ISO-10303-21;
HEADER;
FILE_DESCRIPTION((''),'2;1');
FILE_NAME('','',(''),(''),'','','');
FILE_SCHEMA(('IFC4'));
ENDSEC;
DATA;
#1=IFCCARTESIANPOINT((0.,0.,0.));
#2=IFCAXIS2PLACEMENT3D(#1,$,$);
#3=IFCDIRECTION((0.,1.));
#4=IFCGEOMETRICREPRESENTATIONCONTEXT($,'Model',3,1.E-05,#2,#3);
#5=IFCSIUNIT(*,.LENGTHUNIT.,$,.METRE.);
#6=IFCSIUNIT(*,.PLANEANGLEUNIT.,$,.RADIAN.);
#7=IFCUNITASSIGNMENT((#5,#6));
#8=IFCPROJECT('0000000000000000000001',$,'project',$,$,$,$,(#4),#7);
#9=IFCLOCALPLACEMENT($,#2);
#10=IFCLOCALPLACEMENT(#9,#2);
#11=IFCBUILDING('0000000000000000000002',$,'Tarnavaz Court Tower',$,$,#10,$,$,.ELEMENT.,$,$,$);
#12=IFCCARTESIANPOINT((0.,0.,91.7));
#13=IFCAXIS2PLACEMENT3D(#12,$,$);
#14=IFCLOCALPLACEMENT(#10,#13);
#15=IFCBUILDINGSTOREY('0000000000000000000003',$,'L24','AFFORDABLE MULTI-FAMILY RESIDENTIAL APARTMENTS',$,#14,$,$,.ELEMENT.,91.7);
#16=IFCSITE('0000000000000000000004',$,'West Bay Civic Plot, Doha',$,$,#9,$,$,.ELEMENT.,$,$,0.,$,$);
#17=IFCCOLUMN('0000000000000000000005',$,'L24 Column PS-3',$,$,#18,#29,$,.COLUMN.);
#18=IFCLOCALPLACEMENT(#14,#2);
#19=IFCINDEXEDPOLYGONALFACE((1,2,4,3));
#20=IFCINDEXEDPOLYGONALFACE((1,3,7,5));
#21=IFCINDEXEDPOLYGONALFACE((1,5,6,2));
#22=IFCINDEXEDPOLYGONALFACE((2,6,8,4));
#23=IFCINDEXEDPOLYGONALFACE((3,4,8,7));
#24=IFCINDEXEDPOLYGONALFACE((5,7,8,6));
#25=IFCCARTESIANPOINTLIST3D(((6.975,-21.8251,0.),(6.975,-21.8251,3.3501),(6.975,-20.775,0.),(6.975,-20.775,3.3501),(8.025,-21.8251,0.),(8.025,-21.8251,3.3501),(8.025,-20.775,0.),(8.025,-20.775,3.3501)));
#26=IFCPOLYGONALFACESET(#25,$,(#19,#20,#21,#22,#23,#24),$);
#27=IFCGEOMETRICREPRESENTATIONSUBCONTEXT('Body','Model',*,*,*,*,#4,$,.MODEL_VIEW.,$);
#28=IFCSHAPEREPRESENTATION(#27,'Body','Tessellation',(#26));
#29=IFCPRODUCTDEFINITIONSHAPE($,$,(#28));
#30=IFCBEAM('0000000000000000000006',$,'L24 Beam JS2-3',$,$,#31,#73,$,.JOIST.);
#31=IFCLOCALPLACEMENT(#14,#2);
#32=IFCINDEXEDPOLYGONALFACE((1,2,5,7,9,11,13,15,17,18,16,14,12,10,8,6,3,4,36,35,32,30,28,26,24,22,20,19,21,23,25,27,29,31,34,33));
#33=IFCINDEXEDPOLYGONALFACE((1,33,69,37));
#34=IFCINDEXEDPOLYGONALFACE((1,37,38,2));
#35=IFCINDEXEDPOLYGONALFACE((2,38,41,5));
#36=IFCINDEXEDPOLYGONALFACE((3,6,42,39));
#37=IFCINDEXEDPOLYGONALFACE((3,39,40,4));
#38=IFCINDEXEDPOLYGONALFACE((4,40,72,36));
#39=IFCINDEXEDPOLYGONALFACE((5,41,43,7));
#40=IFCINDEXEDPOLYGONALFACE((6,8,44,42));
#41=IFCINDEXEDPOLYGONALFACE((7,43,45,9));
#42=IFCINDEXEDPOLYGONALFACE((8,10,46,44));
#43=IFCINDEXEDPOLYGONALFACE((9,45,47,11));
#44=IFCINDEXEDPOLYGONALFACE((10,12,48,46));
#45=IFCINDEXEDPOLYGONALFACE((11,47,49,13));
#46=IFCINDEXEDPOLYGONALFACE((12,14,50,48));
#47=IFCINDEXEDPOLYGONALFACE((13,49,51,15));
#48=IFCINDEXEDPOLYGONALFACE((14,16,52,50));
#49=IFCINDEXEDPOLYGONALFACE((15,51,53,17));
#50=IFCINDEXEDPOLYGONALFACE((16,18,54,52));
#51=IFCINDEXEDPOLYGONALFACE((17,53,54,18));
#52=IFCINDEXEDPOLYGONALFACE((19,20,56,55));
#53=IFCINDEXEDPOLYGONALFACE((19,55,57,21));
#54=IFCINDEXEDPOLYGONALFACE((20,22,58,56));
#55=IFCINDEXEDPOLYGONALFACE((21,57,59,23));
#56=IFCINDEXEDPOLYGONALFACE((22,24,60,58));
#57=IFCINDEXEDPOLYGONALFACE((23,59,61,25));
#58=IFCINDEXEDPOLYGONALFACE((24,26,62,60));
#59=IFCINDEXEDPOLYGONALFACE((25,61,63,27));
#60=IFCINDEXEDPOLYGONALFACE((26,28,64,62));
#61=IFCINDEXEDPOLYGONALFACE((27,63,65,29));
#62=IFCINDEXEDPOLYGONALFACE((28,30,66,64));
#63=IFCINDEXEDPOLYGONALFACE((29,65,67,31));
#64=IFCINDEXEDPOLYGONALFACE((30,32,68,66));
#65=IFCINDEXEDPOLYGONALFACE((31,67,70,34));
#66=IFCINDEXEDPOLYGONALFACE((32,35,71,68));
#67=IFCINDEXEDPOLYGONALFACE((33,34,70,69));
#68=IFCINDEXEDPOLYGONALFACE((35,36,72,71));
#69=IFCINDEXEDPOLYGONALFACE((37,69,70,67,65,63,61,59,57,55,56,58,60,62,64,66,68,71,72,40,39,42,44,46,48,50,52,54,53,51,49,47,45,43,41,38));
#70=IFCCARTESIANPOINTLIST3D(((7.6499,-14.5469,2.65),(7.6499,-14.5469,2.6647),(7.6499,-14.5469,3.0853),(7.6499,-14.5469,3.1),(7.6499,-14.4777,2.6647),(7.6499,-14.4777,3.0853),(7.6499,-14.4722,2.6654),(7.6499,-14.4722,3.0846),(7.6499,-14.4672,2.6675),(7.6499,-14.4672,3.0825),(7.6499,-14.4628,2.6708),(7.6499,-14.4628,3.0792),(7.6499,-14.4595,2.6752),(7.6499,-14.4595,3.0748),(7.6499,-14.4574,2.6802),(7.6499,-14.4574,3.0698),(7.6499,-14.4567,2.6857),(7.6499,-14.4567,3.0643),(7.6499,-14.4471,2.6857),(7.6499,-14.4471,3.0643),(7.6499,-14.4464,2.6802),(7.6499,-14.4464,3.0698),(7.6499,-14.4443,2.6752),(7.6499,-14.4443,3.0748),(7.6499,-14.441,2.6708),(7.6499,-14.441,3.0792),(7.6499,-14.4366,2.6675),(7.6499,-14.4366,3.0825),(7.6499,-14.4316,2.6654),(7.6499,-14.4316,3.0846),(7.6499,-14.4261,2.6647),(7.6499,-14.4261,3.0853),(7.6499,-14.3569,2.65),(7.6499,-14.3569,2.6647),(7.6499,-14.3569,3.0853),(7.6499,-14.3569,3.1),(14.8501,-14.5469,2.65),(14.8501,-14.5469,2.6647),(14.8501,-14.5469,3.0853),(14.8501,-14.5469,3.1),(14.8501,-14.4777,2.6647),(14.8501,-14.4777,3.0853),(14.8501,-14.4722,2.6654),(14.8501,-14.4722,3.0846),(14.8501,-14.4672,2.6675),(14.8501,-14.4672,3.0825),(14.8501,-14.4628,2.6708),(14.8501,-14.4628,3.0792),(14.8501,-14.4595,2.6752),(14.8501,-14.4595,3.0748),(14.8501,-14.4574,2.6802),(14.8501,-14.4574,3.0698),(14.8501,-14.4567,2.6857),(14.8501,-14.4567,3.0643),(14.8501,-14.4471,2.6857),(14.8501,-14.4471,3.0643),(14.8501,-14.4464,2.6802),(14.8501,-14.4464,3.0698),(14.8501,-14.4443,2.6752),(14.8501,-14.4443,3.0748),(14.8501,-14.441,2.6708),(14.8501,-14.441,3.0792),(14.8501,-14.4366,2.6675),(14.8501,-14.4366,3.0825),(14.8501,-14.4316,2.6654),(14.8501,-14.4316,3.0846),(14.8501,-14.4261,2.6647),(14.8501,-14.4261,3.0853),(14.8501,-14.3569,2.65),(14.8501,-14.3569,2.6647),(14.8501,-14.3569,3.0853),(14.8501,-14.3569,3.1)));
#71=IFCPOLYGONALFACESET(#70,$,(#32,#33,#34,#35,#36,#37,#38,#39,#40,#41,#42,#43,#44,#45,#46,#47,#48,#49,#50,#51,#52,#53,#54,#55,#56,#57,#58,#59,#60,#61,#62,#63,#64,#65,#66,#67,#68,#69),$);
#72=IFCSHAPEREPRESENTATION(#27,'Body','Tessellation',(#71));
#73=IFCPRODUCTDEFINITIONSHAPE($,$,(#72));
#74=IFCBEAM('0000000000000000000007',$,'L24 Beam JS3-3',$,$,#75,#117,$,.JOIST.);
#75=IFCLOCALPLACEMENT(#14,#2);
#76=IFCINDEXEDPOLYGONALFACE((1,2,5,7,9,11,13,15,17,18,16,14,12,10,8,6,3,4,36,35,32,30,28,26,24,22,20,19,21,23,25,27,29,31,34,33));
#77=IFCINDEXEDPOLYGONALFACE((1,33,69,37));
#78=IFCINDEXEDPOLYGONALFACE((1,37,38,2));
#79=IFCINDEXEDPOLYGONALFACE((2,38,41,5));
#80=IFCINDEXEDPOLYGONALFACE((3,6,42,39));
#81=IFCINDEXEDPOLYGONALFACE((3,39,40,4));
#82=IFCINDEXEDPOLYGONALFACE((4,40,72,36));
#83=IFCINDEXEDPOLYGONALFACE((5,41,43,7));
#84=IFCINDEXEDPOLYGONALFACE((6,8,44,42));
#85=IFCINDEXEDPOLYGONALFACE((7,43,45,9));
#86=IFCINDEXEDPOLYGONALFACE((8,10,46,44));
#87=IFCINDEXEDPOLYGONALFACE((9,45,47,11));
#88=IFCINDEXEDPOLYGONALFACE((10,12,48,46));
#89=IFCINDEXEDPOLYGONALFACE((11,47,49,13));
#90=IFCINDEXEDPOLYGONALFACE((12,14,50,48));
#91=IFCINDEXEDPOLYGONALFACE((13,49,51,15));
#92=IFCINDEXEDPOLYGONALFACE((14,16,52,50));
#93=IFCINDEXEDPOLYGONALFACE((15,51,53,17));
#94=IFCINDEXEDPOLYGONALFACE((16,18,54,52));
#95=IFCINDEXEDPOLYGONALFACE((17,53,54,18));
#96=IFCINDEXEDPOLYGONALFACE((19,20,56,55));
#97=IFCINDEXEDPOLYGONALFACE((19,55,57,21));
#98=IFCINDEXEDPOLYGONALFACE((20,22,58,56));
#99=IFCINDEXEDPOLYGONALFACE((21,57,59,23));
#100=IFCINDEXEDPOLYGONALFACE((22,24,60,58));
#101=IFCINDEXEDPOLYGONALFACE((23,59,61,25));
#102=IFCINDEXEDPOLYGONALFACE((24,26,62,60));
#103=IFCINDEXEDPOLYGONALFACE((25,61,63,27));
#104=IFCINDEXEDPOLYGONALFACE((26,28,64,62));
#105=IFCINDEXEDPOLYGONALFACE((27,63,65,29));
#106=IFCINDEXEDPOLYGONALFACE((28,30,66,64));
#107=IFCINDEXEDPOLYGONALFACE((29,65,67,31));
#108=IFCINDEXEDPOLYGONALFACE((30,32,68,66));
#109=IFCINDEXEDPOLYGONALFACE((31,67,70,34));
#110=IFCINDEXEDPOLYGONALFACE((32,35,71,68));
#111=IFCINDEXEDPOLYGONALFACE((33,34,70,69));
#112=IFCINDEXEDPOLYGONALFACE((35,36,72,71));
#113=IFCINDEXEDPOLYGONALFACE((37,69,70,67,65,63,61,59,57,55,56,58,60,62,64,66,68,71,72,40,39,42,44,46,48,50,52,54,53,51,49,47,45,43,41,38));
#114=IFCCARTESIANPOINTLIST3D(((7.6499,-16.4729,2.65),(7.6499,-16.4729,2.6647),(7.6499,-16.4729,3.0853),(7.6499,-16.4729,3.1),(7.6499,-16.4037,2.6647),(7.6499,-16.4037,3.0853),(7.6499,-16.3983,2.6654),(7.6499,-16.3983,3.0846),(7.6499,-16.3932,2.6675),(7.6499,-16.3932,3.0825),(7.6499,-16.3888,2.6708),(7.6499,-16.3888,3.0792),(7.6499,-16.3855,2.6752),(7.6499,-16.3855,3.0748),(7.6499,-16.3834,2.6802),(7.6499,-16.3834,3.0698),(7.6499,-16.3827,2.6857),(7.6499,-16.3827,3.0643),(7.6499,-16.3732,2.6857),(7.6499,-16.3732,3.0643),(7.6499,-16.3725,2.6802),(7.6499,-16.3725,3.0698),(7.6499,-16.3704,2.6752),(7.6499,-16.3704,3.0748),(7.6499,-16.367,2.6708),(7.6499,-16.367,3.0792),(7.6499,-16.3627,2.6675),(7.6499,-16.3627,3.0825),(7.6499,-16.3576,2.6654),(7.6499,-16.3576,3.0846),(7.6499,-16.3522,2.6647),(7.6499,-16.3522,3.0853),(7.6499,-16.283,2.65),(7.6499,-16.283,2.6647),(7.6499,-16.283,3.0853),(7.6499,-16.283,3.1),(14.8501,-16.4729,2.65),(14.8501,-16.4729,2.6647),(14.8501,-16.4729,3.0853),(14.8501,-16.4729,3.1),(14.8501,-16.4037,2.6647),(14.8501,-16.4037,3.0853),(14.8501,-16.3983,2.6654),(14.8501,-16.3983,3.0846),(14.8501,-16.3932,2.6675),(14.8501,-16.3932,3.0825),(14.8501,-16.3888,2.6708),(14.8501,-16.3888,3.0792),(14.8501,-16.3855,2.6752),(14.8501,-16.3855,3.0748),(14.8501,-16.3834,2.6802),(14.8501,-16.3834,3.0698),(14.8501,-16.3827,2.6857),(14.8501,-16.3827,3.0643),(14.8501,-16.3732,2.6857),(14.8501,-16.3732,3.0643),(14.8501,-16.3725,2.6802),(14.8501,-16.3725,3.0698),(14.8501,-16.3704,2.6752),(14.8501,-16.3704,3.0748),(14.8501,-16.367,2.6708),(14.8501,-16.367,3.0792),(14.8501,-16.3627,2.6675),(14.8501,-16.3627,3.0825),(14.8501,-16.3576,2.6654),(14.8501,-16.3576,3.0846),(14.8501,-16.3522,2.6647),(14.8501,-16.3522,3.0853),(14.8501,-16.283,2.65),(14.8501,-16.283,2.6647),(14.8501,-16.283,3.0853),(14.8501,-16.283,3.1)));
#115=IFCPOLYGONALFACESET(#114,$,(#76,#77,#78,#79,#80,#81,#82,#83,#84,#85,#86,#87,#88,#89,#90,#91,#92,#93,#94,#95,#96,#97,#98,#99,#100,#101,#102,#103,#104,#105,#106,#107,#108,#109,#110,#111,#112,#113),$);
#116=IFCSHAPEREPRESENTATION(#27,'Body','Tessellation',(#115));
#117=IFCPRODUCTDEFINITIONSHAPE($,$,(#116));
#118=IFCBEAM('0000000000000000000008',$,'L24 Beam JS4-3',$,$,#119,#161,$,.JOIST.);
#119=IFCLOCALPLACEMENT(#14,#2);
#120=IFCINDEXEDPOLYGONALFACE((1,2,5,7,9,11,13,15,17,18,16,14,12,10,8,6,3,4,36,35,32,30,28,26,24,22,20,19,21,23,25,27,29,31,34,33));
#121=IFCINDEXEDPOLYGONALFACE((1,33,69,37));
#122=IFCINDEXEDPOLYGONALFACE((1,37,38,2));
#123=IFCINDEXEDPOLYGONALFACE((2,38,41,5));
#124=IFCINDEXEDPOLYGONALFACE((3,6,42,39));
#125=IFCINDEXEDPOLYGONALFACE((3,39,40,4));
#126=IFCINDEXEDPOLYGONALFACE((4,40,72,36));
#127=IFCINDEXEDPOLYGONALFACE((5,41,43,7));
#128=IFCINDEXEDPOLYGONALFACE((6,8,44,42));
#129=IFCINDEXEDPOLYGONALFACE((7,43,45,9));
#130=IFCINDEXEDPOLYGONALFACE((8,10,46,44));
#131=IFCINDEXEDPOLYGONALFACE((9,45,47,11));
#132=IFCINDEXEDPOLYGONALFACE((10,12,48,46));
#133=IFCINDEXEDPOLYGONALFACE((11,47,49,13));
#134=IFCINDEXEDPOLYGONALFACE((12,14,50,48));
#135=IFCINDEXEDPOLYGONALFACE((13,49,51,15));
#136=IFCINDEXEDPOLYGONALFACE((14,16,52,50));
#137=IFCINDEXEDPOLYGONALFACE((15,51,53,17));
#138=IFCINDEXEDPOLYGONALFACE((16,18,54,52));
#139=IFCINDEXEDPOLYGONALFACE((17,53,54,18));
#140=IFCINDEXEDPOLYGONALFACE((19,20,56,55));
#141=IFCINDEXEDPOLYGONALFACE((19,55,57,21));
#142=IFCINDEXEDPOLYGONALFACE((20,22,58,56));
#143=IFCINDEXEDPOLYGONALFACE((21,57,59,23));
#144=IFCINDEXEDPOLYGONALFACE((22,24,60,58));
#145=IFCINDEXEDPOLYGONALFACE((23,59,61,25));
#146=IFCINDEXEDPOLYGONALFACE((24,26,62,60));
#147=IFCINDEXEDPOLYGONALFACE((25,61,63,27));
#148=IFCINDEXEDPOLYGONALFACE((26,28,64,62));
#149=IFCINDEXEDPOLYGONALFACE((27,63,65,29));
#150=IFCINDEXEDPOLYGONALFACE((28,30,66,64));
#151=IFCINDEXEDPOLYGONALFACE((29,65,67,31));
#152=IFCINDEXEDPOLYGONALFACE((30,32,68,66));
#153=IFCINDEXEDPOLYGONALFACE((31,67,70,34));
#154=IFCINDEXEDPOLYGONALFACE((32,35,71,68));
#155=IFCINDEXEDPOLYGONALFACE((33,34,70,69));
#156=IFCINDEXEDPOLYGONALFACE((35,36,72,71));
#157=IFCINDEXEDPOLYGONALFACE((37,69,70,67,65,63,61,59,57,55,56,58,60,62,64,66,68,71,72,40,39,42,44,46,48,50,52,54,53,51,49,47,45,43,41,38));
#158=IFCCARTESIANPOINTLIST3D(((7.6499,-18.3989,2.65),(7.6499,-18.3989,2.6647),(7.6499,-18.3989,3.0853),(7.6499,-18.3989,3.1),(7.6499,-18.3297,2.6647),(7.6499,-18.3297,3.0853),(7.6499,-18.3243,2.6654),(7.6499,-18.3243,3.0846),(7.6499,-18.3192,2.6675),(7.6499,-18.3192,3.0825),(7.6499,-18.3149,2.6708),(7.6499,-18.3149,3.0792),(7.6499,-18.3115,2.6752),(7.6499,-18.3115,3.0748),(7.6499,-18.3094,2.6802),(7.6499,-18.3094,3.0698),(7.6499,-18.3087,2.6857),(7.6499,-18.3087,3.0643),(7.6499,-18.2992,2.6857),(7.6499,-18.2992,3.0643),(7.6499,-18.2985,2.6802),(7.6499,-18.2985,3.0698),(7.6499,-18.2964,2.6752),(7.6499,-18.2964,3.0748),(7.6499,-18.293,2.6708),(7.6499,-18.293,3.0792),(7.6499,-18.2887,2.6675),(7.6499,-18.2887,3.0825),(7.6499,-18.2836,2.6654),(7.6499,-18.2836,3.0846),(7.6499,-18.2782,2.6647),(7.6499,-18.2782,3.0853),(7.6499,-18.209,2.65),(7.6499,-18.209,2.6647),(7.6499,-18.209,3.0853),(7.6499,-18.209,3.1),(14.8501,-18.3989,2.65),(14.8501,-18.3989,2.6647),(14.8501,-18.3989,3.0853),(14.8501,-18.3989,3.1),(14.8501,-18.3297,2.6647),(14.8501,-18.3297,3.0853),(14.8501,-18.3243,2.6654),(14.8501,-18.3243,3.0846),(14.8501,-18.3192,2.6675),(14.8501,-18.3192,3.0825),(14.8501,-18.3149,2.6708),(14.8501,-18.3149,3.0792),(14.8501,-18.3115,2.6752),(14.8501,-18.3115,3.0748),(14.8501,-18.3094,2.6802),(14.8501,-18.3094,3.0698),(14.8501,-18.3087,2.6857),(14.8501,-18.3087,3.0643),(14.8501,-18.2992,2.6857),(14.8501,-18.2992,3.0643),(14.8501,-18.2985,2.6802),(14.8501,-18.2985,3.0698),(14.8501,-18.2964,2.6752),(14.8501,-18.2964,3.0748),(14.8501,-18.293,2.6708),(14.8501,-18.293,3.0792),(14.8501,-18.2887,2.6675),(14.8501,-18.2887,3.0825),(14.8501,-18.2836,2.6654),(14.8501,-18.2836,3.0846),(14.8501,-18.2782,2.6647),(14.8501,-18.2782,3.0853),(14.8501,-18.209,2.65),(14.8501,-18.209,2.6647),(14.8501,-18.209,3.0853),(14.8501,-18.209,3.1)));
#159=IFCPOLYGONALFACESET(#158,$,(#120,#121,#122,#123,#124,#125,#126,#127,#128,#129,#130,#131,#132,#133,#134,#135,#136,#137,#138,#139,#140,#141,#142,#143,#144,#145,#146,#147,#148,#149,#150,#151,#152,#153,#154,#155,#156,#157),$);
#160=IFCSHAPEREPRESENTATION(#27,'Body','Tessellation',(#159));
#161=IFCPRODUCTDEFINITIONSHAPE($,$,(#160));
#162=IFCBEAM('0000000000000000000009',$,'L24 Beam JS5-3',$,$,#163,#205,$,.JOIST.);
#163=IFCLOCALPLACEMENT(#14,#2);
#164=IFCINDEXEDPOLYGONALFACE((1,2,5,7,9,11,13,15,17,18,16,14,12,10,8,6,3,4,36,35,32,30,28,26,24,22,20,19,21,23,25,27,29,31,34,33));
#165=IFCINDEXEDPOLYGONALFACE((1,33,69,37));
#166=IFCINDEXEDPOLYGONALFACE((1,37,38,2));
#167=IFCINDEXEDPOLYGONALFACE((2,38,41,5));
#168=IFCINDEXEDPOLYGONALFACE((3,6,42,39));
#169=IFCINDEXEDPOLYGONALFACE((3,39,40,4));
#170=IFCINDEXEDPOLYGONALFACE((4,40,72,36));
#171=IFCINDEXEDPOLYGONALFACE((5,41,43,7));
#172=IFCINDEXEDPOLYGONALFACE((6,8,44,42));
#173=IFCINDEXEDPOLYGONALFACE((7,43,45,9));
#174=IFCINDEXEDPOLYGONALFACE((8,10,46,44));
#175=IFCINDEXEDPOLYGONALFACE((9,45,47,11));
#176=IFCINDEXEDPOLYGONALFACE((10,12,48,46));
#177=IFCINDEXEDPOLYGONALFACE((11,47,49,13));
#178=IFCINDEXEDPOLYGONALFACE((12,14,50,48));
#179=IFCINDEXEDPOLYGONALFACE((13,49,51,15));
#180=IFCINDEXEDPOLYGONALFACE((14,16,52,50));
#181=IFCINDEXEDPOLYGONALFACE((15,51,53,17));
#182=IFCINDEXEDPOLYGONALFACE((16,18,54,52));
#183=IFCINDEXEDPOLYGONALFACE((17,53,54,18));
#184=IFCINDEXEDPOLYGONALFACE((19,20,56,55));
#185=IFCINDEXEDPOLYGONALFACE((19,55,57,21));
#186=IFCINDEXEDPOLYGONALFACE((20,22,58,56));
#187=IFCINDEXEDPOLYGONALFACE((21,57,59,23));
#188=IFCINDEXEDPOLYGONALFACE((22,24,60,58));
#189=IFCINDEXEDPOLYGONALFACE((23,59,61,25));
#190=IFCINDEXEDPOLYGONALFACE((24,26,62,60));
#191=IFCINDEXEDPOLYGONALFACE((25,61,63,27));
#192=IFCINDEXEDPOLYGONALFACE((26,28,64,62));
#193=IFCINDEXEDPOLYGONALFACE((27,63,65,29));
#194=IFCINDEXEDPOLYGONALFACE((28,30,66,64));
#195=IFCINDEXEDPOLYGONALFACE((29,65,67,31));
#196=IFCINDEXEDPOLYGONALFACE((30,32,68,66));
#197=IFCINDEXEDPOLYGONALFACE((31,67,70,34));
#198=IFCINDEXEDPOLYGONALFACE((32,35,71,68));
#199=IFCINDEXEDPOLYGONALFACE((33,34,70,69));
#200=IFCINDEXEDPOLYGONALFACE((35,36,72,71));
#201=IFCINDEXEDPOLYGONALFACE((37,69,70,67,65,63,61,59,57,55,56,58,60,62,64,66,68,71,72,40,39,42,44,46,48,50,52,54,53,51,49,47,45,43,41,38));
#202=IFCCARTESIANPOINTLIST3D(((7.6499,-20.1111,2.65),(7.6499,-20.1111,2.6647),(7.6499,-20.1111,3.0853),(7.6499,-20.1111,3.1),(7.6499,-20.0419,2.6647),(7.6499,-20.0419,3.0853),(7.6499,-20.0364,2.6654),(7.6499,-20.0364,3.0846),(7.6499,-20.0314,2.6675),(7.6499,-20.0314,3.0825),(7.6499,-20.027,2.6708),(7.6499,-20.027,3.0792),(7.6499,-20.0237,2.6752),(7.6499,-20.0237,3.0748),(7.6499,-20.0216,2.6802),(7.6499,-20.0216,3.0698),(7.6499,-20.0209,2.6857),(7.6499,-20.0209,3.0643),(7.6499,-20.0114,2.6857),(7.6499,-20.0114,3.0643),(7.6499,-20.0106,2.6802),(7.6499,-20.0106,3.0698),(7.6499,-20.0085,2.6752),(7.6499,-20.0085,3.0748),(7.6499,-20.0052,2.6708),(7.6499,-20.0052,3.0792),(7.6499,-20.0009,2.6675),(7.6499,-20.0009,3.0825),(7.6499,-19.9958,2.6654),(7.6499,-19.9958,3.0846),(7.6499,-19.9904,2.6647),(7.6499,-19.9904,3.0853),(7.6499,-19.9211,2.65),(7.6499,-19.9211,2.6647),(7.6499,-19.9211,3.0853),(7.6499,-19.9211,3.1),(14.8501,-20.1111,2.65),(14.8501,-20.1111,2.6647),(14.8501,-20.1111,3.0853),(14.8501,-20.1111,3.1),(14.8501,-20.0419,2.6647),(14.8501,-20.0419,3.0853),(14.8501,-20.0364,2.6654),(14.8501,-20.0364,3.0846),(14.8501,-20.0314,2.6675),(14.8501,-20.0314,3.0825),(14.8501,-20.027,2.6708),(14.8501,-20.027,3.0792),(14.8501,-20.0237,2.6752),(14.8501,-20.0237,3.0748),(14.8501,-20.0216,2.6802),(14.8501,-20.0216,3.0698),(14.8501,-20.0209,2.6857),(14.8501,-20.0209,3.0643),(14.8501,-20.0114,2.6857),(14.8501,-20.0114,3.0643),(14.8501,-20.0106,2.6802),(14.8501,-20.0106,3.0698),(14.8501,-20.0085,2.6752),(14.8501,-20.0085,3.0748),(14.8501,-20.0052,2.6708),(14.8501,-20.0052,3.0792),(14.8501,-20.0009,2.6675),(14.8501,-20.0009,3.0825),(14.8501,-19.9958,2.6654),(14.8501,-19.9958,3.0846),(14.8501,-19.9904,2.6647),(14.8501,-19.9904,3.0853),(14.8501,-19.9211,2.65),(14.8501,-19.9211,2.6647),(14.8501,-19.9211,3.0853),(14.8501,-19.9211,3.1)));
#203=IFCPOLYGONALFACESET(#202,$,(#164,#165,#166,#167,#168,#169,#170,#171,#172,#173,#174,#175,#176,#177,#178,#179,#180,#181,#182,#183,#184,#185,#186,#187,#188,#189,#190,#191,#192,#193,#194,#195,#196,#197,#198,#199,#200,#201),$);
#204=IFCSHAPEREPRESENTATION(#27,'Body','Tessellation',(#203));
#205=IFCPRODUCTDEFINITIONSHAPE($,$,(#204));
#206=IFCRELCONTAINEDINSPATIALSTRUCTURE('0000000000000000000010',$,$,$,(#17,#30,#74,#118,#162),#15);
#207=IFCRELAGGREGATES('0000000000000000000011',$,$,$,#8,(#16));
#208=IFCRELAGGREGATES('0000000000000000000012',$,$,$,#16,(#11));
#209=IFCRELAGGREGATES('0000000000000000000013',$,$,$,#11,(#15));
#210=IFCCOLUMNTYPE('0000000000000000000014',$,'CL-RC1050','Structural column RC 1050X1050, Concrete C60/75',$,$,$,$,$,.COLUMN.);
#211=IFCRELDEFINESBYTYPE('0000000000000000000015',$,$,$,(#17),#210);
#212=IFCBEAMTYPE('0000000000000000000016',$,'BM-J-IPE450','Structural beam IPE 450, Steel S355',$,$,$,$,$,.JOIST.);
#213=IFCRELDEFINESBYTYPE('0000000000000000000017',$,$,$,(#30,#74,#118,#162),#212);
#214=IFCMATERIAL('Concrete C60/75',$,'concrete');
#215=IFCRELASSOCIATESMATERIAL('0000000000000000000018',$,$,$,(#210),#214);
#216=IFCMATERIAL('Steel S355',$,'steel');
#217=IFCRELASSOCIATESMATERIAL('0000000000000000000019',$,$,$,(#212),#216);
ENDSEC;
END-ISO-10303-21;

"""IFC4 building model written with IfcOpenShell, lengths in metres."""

from ifc_helpers import new_model, si_unit, direction, frame, origin, origin_2d, place, context, subcontext, project, spatial, rectangle, i_section, extrude, material, material_profile, profile_set, type_object, element, save


model = new_model("IFC4")

# Units and contexts
model_context = context("Model", 3, precision=1e-05, world=origin(), true_north=direction((0.0, 1.0)))
body_context = subcontext(model_context, "Body", "Model", "MODEL_VIEW")
ifc_project = project(units=[si_unit("LENGTHUNIT", "METRE"), si_unit("PLANEANGLEUNIT", "RADIAN")], contexts=[model_context])

# Site, building, storey
site_placement = place(None, origin())
site = spatial("IfcSite", under=ifc_project, at=site_placement, Name="West Bay Civic Plot, Doha", CompositionType="ELEMENT", RefElevation=0.0)
building_placement = place(site_placement, origin())
building = spatial("IfcBuilding", under=site, at=building_placement, Name="Tarnavaz Court Tower", CompositionType="ELEMENT")
storey_placement = place(building_placement, frame((0.0, 0.0, 91.7)))
storey = spatial("IfcBuildingStorey", under=building, at=storey_placement, Name="L24", Description="AFFORDABLE MULTI-FAMILY RESIDENTIAL APARTMENTS", CompositionType="ELEMENT", Elevation=91.7)

# Column
ifc_material_1 = material(Name="Concrete C60/75", Category="concrete")
ifc_material_profile_1 = material_profile(ifc_material_1, rectangle(XDim=1.05, YDim=1.05, at=origin_2d()), Name="RC 1050X1050")
ifc_profile_set_1 = profile_set([ifc_material_profile_1], Name="Concrete C60/75")
column_type = type_object("IfcColumnType", Name="CL-RC1050", Description="Structural column RC 1050X1050, Concrete C60/75", PredefinedType="COLUMN", material=ifc_profile_set_1)
column_placement = place(storey_placement, frame((7.5, -21.3, 0.0), z_axis=(0.0, 0.0, 1.0), x_axis=(1.0, 0.0, 0.0)))
element("IfcColumn", 1, at=column_placement, inside=storey, type_object=column_type, Name="L24 Column PS-3", PredefinedType="COLUMN", context=body_context, shape_type="SweptSolid", body=[
    extrude(rectangle(XDim=1.05, YDim=1.05, at=origin_2d()), origin(), (0.0, 0.0, 1.0), 3.3501),
])

# Beams
ifc_material_2 = material(Name="Steel S355", Category="steel")
ifc_material_profile_2 = material_profile(ifc_material_2, i_section(OverallWidth=0.1899, OverallDepth=0.45, WebThickness=0.0095, FlangeThickness=0.0146, FilletRadius=0.021, at=origin_2d()), Name="IPE 450")
ifc_profile_set_2 = profile_set([ifc_material_profile_2], Name="Steel S355")
beam_type_1 = type_object("IfcBeamType", Name="BM-J-IPE450", Description="Structural beam IPE 450, Steel S355", PredefinedType="JOIST", material=ifc_profile_set_2)
for number, where, z_axis, x_axis, name in (
    (2, (7.6499, -14.4519, 2.875), (1.0, 0.0, 0.0), (0.0, 1.0, 0.0), "L24 Beam JS2-3"),
    (3, (7.6499, -16.3779, 2.875), (1.0, 0.0, 0.0), (0.0, 1.0, 0.0), "L24 Beam JS3-3"),
    (4, (7.6499, -18.304, 2.875), (1.0, 0.0, 0.0), (0.0, 1.0, 0.0), "L24 Beam JS4-3"),
    (5, (7.6499, -20.0161, 2.875), (1.0, 0.0, 0.0), (0.0, 1.0, 0.0), "L24 Beam JS5-3"),
):
    element("IfcBeam", number, at=place(storey_placement, frame(where, z_axis=z_axis, x_axis=x_axis)), inside=storey, type_object=beam_type_1, Name=name, PredefinedType="JOIST", context=body_context, shape_type="SweptSolid", body=[
        extrude(i_section(OverallWidth=0.1899, OverallDepth=0.45, WebThickness=0.0095, FlangeThickness=0.0146, FilletRadius=0.021, at=origin_2d()), origin(), (0.0, 0.0, 1.0), 7.2002),
    ])

save(model, "model.ifc")
